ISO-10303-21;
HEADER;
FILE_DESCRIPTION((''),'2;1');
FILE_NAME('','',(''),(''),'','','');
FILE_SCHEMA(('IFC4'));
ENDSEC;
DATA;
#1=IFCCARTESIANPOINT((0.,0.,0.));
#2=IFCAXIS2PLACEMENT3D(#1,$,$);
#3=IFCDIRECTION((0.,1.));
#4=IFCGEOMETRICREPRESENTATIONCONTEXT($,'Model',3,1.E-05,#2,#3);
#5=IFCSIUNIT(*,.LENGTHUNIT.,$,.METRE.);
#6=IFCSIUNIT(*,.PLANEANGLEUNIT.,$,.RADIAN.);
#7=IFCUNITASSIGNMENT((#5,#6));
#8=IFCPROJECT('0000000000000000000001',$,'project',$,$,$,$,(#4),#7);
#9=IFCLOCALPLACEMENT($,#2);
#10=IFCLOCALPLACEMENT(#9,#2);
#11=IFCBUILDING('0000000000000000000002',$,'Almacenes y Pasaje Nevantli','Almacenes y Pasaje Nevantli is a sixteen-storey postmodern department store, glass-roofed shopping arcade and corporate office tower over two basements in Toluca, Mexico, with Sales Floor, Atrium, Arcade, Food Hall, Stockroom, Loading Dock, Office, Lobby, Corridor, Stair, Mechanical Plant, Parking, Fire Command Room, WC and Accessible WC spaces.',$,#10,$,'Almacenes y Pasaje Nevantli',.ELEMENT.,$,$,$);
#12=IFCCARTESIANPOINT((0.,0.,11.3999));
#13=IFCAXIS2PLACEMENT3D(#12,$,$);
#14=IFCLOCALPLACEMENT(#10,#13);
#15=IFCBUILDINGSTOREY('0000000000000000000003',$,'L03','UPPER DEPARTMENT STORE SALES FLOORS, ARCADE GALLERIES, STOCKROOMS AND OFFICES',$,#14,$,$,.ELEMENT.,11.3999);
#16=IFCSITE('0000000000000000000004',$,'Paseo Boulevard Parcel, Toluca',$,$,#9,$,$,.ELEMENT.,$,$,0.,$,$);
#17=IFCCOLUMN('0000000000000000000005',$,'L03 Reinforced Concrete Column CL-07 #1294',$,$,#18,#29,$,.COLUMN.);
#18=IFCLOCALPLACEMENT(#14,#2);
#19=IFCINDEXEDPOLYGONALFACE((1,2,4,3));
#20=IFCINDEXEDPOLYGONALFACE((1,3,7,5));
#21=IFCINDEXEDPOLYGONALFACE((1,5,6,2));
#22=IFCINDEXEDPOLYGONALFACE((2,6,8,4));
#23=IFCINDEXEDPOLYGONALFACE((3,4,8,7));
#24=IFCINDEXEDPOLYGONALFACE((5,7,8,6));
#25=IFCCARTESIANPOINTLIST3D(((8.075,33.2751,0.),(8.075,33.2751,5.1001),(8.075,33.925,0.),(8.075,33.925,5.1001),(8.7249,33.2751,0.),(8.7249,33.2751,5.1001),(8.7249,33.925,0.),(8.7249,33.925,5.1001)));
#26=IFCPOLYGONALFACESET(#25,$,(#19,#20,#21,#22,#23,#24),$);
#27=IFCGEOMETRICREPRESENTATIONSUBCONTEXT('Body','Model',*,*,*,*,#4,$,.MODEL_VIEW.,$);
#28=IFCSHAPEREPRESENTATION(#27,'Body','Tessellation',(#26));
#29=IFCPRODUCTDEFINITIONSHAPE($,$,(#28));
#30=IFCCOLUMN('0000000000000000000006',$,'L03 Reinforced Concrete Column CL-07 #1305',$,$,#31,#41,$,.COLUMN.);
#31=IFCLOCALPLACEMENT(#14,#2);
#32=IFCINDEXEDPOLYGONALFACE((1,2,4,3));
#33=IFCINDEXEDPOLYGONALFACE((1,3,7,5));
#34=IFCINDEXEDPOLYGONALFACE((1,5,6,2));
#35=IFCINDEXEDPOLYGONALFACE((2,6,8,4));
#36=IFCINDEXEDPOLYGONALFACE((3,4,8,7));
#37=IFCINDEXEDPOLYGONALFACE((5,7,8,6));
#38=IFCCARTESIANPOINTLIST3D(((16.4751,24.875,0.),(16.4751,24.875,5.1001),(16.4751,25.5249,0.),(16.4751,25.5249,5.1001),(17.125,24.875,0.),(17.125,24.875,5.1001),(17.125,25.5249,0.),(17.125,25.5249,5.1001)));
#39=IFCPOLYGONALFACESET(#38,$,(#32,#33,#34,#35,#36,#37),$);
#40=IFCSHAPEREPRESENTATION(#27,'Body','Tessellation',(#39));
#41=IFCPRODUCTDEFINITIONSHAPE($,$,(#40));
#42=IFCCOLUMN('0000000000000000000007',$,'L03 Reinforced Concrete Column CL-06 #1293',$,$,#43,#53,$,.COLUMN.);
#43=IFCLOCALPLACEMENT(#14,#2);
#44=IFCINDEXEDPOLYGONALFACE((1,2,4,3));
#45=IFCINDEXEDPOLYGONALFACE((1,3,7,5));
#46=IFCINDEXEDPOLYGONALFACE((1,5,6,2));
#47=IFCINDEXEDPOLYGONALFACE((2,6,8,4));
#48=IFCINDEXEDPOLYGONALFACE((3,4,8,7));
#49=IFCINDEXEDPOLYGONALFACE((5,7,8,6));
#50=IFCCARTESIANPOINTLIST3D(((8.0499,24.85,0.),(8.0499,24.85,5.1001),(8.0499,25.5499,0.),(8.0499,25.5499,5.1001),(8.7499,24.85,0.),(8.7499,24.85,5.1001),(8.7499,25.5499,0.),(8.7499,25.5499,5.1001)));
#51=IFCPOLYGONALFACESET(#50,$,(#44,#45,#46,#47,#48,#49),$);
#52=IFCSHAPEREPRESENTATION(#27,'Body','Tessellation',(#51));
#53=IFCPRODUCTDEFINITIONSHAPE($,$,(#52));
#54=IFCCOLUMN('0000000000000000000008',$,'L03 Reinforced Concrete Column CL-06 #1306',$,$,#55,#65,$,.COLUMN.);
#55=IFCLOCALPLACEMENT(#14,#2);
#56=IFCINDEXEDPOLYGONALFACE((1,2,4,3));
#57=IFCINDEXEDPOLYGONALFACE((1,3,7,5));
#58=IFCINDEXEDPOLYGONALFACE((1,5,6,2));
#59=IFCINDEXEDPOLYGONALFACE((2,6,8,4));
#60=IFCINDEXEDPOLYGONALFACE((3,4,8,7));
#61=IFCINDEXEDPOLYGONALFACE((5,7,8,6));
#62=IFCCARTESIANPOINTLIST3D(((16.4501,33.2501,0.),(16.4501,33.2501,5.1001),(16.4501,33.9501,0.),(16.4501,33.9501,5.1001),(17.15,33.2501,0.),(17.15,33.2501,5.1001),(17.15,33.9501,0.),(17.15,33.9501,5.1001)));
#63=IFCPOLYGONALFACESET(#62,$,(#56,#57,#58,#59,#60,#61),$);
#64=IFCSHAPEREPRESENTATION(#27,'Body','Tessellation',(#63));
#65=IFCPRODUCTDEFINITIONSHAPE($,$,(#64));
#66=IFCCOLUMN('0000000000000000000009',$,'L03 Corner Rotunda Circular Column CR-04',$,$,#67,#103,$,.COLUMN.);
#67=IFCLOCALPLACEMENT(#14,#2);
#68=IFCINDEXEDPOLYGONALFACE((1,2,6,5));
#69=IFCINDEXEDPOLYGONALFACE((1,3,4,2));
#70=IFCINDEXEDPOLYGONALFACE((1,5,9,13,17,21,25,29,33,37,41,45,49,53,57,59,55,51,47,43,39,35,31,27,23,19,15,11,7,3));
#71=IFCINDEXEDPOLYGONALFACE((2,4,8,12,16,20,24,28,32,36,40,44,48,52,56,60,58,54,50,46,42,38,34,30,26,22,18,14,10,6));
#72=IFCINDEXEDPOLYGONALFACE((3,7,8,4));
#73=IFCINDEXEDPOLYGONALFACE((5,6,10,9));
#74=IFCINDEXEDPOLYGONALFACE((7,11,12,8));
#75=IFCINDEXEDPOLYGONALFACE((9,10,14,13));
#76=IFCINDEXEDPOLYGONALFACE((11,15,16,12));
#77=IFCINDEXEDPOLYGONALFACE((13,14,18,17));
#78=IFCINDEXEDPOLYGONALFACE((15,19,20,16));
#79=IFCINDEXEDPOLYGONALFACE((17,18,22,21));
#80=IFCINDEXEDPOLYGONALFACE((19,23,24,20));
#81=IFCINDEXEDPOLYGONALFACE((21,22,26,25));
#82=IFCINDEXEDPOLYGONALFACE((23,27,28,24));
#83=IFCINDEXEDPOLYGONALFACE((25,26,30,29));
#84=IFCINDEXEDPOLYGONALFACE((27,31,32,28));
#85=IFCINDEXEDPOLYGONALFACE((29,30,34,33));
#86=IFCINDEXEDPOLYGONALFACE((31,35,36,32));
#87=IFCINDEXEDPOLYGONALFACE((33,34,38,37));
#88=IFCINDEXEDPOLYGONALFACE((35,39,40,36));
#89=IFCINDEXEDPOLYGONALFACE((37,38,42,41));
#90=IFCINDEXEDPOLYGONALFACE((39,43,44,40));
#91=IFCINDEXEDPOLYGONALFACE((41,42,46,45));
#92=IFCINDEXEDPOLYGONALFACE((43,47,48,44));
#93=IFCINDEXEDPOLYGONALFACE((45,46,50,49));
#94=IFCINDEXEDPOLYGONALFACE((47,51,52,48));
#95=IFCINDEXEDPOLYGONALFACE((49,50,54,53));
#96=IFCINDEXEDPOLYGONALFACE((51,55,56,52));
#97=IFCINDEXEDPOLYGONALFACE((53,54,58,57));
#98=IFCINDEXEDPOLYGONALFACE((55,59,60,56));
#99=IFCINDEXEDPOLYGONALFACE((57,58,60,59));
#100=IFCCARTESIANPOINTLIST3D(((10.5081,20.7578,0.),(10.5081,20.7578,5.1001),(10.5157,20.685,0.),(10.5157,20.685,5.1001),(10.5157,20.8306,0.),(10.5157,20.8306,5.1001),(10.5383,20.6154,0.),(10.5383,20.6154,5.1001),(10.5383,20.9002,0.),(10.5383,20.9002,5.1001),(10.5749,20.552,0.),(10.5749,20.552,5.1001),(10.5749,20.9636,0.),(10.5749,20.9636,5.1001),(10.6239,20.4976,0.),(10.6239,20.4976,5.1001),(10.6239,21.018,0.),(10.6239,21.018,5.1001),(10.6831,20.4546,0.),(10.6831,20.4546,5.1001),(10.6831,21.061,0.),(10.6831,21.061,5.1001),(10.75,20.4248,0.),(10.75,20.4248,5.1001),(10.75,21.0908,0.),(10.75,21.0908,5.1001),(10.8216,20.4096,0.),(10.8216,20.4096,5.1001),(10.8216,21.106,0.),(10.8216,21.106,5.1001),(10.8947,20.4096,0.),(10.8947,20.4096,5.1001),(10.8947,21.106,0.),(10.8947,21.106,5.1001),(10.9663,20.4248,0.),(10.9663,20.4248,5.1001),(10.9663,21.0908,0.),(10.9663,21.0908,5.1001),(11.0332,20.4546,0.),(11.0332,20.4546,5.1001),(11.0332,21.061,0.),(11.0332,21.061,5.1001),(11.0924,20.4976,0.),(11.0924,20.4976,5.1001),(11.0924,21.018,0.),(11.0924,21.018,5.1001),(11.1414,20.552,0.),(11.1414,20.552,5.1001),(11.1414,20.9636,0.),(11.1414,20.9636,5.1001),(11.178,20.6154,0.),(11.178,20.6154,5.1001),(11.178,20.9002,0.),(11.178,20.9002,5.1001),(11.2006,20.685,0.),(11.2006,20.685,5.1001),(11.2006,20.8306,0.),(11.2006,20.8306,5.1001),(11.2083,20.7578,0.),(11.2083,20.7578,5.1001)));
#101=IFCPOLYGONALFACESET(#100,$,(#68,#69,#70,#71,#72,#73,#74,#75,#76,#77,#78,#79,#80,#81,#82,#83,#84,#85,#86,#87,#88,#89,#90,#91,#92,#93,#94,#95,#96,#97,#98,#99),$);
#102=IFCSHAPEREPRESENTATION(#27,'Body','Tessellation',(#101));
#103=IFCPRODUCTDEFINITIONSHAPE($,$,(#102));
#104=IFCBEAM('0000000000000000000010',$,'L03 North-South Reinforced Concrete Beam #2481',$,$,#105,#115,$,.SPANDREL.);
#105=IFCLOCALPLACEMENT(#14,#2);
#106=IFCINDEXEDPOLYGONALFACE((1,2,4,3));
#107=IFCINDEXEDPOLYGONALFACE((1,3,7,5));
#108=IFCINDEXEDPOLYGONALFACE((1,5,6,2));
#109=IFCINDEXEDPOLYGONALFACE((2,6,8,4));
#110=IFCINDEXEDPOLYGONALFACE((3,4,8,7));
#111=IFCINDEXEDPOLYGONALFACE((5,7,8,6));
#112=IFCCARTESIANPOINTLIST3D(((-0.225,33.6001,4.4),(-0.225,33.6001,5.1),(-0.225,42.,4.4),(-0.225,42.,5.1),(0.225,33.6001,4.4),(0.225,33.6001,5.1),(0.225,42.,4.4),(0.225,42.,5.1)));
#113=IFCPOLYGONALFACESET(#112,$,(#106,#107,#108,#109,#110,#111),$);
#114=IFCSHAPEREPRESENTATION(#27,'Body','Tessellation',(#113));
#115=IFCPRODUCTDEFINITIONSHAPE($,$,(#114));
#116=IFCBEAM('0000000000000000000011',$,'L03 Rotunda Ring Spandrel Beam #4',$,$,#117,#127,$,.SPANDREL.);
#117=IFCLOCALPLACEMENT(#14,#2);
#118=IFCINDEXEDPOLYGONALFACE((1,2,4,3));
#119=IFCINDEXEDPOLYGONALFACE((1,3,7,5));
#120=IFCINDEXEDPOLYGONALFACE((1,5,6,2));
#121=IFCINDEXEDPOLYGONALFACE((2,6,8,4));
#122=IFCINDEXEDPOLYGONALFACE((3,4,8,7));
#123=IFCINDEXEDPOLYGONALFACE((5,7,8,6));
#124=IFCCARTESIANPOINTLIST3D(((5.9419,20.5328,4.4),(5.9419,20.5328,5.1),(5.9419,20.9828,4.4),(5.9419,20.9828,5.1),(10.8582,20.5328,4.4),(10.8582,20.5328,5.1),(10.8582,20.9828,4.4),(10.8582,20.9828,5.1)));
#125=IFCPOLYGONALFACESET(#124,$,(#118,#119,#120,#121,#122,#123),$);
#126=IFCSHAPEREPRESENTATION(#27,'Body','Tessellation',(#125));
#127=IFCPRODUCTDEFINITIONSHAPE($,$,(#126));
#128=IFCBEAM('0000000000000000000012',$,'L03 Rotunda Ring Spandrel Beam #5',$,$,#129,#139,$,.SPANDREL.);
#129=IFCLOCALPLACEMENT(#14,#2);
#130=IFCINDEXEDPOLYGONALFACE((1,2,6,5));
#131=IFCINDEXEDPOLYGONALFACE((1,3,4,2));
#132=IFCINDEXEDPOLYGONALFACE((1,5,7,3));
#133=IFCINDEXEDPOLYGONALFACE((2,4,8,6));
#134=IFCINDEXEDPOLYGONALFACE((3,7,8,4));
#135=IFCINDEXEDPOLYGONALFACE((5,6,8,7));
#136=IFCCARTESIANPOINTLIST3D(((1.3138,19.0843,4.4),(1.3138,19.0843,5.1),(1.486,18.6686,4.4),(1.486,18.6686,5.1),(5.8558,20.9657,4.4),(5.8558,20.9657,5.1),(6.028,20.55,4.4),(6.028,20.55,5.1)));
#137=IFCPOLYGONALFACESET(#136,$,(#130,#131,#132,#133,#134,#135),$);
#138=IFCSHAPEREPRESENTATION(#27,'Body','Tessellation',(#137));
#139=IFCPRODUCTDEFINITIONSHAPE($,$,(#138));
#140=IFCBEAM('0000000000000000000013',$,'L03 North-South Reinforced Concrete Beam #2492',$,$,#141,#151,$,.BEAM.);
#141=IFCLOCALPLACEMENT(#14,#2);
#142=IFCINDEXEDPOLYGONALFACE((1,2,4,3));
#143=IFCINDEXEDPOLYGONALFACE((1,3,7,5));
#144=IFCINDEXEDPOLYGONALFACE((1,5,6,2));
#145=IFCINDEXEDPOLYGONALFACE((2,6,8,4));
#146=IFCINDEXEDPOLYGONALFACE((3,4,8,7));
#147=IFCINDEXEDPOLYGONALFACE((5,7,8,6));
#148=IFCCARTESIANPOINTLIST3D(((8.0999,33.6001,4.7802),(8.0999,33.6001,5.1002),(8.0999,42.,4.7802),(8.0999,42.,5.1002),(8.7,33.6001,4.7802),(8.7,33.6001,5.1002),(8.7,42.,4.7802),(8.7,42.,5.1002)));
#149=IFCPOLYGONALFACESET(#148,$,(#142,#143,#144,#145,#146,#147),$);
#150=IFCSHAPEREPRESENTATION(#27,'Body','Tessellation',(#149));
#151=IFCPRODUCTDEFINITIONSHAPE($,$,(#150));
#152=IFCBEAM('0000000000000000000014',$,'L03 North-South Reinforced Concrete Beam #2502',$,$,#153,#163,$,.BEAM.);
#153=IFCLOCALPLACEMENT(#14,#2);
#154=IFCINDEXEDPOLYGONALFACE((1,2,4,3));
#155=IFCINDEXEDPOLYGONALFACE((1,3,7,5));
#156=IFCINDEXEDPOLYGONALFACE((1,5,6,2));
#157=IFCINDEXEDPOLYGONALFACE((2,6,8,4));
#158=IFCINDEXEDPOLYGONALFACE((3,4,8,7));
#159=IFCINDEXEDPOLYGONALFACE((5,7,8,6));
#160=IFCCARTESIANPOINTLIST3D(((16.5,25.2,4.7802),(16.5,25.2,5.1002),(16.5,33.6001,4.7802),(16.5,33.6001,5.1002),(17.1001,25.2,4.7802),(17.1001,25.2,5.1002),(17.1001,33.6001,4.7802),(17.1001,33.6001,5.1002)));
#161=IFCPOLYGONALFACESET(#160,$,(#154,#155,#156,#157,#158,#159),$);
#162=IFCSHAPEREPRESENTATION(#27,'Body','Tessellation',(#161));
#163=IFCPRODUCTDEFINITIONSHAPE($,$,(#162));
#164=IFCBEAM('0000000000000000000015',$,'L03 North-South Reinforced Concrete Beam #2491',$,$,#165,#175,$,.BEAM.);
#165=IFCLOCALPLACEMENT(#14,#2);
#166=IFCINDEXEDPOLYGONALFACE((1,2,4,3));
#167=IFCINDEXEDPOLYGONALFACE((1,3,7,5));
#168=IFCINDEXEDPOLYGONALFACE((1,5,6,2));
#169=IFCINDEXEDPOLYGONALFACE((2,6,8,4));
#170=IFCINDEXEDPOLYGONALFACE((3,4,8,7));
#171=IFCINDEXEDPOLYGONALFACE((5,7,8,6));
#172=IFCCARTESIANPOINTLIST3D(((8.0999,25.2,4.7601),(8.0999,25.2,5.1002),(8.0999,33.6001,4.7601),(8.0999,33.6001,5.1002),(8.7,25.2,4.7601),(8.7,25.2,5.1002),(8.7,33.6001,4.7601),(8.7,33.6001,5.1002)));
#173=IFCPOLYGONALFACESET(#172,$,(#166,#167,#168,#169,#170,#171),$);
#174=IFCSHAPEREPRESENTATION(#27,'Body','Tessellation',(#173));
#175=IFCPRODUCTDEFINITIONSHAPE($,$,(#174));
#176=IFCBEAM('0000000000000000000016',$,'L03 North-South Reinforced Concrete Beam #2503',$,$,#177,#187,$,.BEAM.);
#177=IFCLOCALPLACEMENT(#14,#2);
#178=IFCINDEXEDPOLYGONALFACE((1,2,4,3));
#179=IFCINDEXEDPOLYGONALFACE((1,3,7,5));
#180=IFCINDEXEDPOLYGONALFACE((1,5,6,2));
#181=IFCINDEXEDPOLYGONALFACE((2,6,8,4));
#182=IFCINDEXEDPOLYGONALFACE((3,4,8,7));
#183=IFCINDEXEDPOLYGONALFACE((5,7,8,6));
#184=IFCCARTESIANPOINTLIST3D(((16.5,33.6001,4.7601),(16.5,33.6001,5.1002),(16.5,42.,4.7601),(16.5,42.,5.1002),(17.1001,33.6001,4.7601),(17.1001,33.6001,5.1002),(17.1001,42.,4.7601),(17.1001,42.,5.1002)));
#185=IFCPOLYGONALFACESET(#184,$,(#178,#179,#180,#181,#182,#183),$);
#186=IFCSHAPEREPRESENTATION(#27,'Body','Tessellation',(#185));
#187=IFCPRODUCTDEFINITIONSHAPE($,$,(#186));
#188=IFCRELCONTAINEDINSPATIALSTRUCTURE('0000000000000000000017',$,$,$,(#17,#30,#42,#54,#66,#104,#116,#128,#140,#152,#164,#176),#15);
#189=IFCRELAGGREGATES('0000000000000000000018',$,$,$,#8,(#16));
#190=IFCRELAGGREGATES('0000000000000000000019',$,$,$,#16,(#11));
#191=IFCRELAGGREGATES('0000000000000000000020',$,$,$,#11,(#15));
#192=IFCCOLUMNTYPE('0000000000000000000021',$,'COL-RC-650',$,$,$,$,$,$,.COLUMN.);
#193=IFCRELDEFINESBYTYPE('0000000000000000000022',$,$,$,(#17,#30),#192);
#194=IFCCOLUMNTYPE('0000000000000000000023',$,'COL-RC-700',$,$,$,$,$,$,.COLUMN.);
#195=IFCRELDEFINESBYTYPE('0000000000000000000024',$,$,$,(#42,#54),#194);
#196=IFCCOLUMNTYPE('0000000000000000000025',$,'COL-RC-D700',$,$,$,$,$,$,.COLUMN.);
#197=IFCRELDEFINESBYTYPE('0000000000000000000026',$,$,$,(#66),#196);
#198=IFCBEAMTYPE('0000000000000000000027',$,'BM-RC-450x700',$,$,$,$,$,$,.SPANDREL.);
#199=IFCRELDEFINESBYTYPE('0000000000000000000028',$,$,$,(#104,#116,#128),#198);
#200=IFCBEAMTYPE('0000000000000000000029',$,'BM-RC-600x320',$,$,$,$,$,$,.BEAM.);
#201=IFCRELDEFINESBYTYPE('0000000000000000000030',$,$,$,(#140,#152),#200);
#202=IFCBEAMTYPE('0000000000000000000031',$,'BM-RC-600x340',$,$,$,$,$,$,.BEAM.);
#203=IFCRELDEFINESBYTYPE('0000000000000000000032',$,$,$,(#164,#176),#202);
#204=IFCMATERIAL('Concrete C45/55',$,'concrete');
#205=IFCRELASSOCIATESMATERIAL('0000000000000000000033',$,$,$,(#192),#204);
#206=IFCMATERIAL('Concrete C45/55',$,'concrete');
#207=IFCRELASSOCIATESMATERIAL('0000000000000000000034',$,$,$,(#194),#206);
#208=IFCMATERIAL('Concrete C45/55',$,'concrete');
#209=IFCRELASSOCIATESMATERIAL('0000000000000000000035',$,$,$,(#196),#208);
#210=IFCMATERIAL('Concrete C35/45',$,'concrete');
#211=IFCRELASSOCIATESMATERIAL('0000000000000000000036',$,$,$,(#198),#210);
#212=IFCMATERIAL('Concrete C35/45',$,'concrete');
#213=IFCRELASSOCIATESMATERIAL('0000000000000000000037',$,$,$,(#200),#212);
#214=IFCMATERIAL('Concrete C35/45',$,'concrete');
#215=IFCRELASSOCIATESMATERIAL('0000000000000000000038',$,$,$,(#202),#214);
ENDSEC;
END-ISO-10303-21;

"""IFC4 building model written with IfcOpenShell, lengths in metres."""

from ifc_helpers import new_model, si_unit, direction, frame, origin, origin_2d, place, context, subcontext, project, spatial, rectangle, circle, extrude, material, material_profile, profile_set, type_object, element, save


model = new_model("IFC4")

# Units and contexts
model_context = context("Model", 3, precision=1e-05, world=origin(), true_north=direction((0.0, 1.0)))
body_context = subcontext(model_context, "Body", "Model", "MODEL_VIEW")
ifc_project = project(units=[si_unit("LENGTHUNIT", "METRE"), si_unit("PLANEANGLEUNIT", "RADIAN")], contexts=[model_context])

# Site, building, storey
site_placement = place(None, origin())
site = spatial("IfcSite", under=ifc_project, at=site_placement, Name="Paseo Boulevard Parcel, Toluca", CompositionType="ELEMENT", RefElevation=0.0)
building_placement = place(site_placement, origin())
building = spatial("IfcBuilding", under=site, at=building_placement, Name="Almacenes y Pasaje Nevantli", Description="Almacenes y Pasaje Nevantli is a sixteen-storey postmodern department store, glass-roofed shopping arcade and corporate office tower over two basements in Toluca, Mexico, with Sales Floor, Atrium, Arcade, Food Hall, Stockroom, Loading Dock, Office, Lobby, Corridor, Stair, Mechanical Plant, Parking, Fire Command Room, WC and Accessible WC spaces.", LongName="Almacenes y Pasaje Nevantli", CompositionType="ELEMENT")
storey_placement = place(building_placement, frame((0.0, 0.0, 11.3999)))
storey = spatial("IfcBuildingStorey", under=building, at=storey_placement, Name="L03", Description="UPPER DEPARTMENT STORE SALES FLOORS, ARCADE GALLERIES, STOCKROOMS AND OFFICES", CompositionType="ELEMENT", Elevation=11.3999)

# Columns
ifc_material_1 = material(Name="Concrete C45/55", Category="concrete")
ifc_material_profile_1 = material_profile(ifc_material_1, rectangle(XDim=0.6499, YDim=0.6499, at=origin_2d()), Name="RC-COL-650x650")
ifc_profile_set_1 = profile_set([ifc_material_profile_1], Name="Concrete C45/55")
column_type_1 = type_object("IfcColumnType", Name="COL-RC-650", PredefinedType="COLUMN", material=ifc_profile_set_1)
for number, where, z_axis, x_axis, name in (
    (1, (8.3999, 33.6001, 0.0), (0.0, 0.0, 1.0), (1.0, 0.0, 0.0), "L03 Reinforced Concrete Column CL-07 #1294"),
    (2, (16.8, 25.2, 0.0), (0.0, 0.0, 1.0), (1.0, 0.0, 0.0), "L03 Reinforced Concrete Column CL-07 #1305"),
):
    element("IfcColumn", number, at=place(storey_placement, frame(where, z_axis=z_axis, x_axis=x_axis)), inside=storey, type_object=column_type_1, Name=name, PredefinedType="COLUMN", context=body_context, shape_type="SweptSolid", body=[
        extrude(rectangle(XDim=0.6499, YDim=0.6499, at=origin_2d()), origin(), (0.0, 0.0, 1.0), 5.1001),
    ])
ifc_material_2 = material(Name="Concrete C45/55", Category="concrete")
ifc_material_profile_2 = material_profile(ifc_material_2, rectangle(XDim=0.7, YDim=0.7, at=origin_2d()), Name="RC-COL-700x700")
ifc_profile_set_2 = profile_set([ifc_material_profile_2], Name="Concrete C45/55")
column_type_2 = type_object("IfcColumnType", Name="COL-RC-700", PredefinedType="COLUMN", material=ifc_profile_set_2)
for number, where, z_axis, x_axis, name in (
    (3, (8.3999, 25.2, 0.0), (0.0, 0.0, 1.0), (1.0, 0.0, 0.0), "L03 Reinforced Concrete Column CL-06 #1293"),
    (4, (16.8, 33.6001, 0.0), (0.0, 0.0, 1.0), (1.0, 0.0, 0.0), "L03 Reinforced Concrete Column CL-06 #1306"),
):
    element("IfcColumn", number, at=place(storey_placement, frame(where, z_axis=z_axis, x_axis=x_axis)), inside=storey, type_object=column_type_2, Name=name, PredefinedType="COLUMN", context=body_context, shape_type="SweptSolid", body=[
        extrude(rectangle(XDim=0.7, YDim=0.7, at=origin_2d()), origin(), (0.0, 0.0, 1.0), 5.1001),
    ])
ifc_material_3 = material(Name="Concrete C45/55", Category="concrete")
ifc_material_profile_3 = material_profile(ifc_material_3, circle(Radius=0.3501, at=origin_2d()), Name="RC-COL-D700")
ifc_profile_set_3 = profile_set([ifc_material_profile_3], Name="Concrete C45/55")
column_type_3 = type_object("IfcColumnType", Name="COL-RC-D700", PredefinedType="COLUMN", material=ifc_profile_set_3)
column_placement = place(storey_placement, frame((10.8582, 20.7578, 0.0), z_axis=(0.0, 0.0, 1.0), x_axis=(1.0, 0.0, 0.0)))
element("IfcColumn", 5, at=column_placement, inside=storey, type_object=column_type_3, Name="L03 Corner Rotunda Circular Column CR-04", PredefinedType="COLUMN", context=body_context, shape_type="SweptSolid", body=[
    extrude(circle(Radius=0.3501, at=origin_2d()), origin(), (0.0, 0.0, 1.0), 5.1001),
])

# Beams
ifc_material_4 = material(Name="Concrete C35/45", Category="concrete")
ifc_material_profile_4 = material_profile(ifc_material_4, rectangle(XDim=0.45, YDim=0.7, at=origin_2d()), Name="RC-BM-450x700")
ifc_profile_set_4 = profile_set([ifc_material_profile_4], Name="Concrete C35/45")
beam_type_1 = type_object("IfcBeamType", Name="BM-RC-450x700", PredefinedType="SPANDREL", material=ifc_profile_set_4)
beam_1_placement = place(storey_placement, frame((0.0, 33.6001, 4.75), z_axis=(0.0, 1.0, 0.0), x_axis=(-1.0, 0.0, 0.0)))
element("IfcBeam", 6, at=beam_1_placement, inside=storey, type_object=beam_type_1, Name="L03 North-South Reinforced Concrete Beam #2481", PredefinedType="SPANDREL", context=body_context, shape_type="SweptSolid", body=[
    extrude(rectangle(XDim=0.45, YDim=0.7, at=origin_2d()), origin(), (0.0, 0.0, 1.0), 8.3999),
])
for number, where, z_axis, x_axis, name in (
    (7, (10.8582, 20.7578, 4.75), (-1.0, 0.0, 0.0), (0.0, -1.0, 0.0), "L03 Rotunda Ring Spandrel Beam #4"),
    (8, (5.9419, 20.7578, 4.75), (-0.92388, -0.382682, 0.0), (0.382682, -0.92388, 0.0), "L03 Rotunda Ring Spandrel Beam #5"),
):
    element("IfcBeam", number, at=place(storey_placement, frame(where, z_axis=z_axis, x_axis=x_axis)), inside=storey, type_object=beam_type_1, Name=name, PredefinedType="SPANDREL", context=body_context, shape_type="SweptSolid", body=[
        extrude(rectangle(XDim=0.45, YDim=0.7, at=origin_2d()), origin(), (0.0, 0.0, 1.0), 4.9163),
    ])
ifc_material_5 = material(Name="Concrete C35/45", Category="concrete")
ifc_material_profile_5 = material_profile(ifc_material_5, rectangle(XDim=0.6001, YDim=0.3201, at=origin_2d()), Name="RC-BM-600x320")
ifc_profile_set_5 = profile_set([ifc_material_profile_5], Name="Concrete C35/45")
beam_type_2 = type_object("IfcBeamType", Name="BM-RC-600x320", PredefinedType="BEAM", material=ifc_profile_set_5)
beam_2_placement = place(storey_placement, frame((8.3999, 33.6001, 4.9402), z_axis=(0.0, 1.0, 0.0), x_axis=(-1.0, 0.0, 0.0)))
element("IfcBeam", 9, at=beam_2_placement, inside=storey, type_object=beam_type_2, Name="L03 North-South Reinforced Concrete Beam #2492", PredefinedType="BEAM", context=body_context, shape_type="SweptSolid", body=[
    extrude(rectangle(XDim=0.6001, YDim=0.3201, at=origin_2d()), origin(), (0.0, 0.0, 1.0), 8.3999),
])
beam_3_placement = place(storey_placement, frame((16.8, 25.2, 4.9402), z_axis=(0.0, 1.0, 0.0), x_axis=(-1.0, 0.0, 0.0)))
element("IfcBeam", 10, at=beam_3_placement, inside=storey, type_object=beam_type_2, Name="L03 North-South Reinforced Concrete Beam #2502", PredefinedType="BEAM", context=body_context, shape_type="SweptSolid", body=[
    extrude(rectangle(XDim=0.6001, YDim=0.3201, at=origin_2d()), origin(), (0.0, 0.0, 1.0), 8.4001),
])
ifc_material_6 = material(Name="Concrete C35/45", Category="concrete")
ifc_material_profile_6 = material_profile(ifc_material_6, rectangle(XDim=0.6001, YDim=0.3401, at=origin_2d()), Name="RC-BM-600x340")
ifc_profile_set_6 = profile_set([ifc_material_profile_6], Name="Concrete C35/45")
beam_type_3 = type_object("IfcBeamType", Name="BM-RC-600x340", PredefinedType="BEAM", material=ifc_profile_set_6)
beam_4_placement = place(storey_placement, frame((8.3999, 25.2, 4.9302), z_axis=(0.0, 1.0, 0.0), x_axis=(-1.0, 0.0, 0.0)))
element("IfcBeam", 11, at=beam_4_placement, inside=storey, type_object=beam_type_3, Name="L03 North-South Reinforced Concrete Beam #2491", PredefinedType="BEAM", context=body_context, shape_type="SweptSolid", body=[
    extrude(rectangle(XDim=0.6001, YDim=0.3401, at=origin_2d()), origin(), (0.0, 0.0, 1.0), 8.4001),
])
beam_5_placement = place(storey_placement, frame((16.8, 33.6001, 4.9302), z_axis=(0.0, 1.0, 0.0), x_axis=(-1.0, 0.0, 0.0)))
element("IfcBeam", 12, at=beam_5_placement, inside=storey, type_object=beam_type_3, Name="L03 North-South Reinforced Concrete Beam #2503", PredefinedType="BEAM", context=body_context, shape_type="SweptSolid", body=[
    extrude(rectangle(XDim=0.6001, YDim=0.3401, at=origin_2d()), origin(), (0.0, 0.0, 1.0), 8.3999),
])

save(model, "model.ifc")
